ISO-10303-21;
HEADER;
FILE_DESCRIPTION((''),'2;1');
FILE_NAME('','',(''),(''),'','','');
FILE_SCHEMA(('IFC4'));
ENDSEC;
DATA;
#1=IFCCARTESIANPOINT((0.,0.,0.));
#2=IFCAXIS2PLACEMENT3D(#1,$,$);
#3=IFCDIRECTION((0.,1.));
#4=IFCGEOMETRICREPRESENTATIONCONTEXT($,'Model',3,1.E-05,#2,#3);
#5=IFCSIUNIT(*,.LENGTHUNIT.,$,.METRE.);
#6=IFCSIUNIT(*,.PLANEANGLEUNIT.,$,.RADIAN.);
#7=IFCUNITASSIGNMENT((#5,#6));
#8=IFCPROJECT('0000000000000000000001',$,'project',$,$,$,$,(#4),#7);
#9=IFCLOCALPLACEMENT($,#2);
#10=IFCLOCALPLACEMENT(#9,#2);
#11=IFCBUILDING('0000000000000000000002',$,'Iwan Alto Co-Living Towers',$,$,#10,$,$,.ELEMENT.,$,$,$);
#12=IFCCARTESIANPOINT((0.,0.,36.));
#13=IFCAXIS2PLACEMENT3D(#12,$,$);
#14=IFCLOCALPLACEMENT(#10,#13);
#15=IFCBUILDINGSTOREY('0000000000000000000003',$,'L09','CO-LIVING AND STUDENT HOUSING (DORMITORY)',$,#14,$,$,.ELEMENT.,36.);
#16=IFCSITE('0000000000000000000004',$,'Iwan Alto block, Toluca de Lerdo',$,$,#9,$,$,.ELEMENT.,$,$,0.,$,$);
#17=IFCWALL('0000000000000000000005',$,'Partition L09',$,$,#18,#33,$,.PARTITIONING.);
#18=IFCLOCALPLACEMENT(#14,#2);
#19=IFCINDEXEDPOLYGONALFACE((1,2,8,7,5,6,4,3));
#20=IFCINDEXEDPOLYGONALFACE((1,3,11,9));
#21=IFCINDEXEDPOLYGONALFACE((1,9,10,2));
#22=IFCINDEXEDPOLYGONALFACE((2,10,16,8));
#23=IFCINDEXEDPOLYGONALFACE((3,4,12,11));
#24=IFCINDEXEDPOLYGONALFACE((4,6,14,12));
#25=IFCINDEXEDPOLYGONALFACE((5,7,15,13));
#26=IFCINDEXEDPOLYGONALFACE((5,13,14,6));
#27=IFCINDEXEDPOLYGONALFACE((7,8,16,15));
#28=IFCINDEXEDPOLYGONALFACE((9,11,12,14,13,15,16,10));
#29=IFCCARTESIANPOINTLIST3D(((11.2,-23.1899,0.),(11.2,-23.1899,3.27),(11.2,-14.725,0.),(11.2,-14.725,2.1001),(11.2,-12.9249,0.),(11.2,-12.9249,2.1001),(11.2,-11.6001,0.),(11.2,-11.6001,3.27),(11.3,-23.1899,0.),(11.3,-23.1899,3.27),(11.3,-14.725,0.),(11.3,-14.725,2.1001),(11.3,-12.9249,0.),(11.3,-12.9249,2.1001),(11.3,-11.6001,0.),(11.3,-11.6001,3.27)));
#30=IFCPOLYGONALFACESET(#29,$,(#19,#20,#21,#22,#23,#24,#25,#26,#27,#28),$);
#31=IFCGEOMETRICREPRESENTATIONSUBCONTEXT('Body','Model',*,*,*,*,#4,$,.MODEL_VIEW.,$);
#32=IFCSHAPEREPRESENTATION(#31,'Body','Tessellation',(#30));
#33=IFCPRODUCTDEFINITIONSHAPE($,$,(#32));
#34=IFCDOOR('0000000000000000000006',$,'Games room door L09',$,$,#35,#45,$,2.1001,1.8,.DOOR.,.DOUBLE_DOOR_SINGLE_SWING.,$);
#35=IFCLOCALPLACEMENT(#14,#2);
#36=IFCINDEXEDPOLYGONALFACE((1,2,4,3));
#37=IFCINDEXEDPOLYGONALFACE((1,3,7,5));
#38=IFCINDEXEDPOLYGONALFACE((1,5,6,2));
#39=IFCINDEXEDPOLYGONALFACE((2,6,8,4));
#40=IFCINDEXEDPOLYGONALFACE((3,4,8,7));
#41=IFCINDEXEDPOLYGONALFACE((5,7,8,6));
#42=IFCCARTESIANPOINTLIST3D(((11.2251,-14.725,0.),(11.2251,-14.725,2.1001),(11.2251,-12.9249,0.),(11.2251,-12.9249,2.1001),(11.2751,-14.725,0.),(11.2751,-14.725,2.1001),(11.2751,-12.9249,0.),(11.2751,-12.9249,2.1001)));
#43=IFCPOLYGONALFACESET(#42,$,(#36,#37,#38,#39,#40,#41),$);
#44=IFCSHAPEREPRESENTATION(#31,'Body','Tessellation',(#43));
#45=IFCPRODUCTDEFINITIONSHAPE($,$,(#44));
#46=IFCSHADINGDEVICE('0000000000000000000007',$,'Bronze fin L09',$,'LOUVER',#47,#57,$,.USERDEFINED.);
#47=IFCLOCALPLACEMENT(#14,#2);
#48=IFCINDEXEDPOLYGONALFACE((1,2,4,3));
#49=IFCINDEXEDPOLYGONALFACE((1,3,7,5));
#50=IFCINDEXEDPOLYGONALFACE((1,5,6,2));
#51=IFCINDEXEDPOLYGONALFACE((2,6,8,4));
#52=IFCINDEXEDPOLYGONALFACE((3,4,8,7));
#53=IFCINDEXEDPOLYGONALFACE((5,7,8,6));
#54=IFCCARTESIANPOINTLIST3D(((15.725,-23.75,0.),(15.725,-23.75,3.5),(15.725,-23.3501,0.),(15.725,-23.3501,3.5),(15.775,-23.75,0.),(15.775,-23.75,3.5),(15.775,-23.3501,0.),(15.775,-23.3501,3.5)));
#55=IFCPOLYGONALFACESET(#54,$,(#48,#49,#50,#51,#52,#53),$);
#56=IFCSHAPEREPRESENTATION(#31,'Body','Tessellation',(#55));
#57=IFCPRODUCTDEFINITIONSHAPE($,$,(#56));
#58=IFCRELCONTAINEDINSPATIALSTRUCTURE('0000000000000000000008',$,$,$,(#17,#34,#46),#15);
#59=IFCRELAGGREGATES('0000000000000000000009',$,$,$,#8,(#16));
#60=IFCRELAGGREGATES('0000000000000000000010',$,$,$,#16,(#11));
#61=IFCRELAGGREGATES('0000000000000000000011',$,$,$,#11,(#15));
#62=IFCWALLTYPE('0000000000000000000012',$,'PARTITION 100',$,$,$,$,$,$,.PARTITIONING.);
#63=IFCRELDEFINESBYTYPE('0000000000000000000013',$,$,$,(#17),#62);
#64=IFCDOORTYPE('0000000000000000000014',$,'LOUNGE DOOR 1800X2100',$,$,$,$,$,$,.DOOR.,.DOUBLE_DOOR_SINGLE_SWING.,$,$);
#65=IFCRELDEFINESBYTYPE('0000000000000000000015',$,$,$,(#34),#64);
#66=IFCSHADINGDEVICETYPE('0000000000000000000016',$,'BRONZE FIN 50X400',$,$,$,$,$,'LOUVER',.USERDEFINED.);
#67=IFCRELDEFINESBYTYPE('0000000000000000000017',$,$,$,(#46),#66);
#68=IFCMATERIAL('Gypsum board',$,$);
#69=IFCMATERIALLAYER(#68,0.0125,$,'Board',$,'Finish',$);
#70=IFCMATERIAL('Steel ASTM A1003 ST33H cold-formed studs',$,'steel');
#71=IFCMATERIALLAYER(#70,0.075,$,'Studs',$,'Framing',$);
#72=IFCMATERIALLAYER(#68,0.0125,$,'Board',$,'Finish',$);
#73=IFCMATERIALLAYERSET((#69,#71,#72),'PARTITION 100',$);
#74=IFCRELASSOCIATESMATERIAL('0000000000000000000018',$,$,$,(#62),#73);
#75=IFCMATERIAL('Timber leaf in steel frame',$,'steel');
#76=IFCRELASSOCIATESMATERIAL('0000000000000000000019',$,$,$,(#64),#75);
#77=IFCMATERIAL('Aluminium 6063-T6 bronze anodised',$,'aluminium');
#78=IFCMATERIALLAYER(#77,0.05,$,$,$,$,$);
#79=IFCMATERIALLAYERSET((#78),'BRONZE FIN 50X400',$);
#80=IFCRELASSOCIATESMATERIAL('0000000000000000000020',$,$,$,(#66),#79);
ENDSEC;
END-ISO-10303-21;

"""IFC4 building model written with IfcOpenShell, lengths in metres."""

from ifc_helpers import new_model, si_unit, direction, frame, frame_2d, origin, origin_2d, place, context, subcontext, project, spatial, rectangle, extrude, material, layer, layer_set, type_object, element, fill, save


model = new_model("IFC4")

# Units and contexts
model_context = context("Model", 3, precision=1e-05, world=origin(), true_north=direction((0.0, 1.0)))
body_context = subcontext(model_context, "Body", "Model", "MODEL_VIEW")
ifc_project = project(units=[si_unit("LENGTHUNIT", "METRE"), si_unit("PLANEANGLEUNIT", "RADIAN")], contexts=[model_context])

# Site, building, storey
site_placement = place(None, origin())
site = spatial("IfcSite", under=ifc_project, at=site_placement, Name="Iwan Alto block, Toluca de Lerdo", CompositionType="ELEMENT", RefElevation=0.0)
building_placement = place(site_placement, origin())
building = spatial("IfcBuilding", under=site, at=building_placement, Name="Iwan Alto Co-Living Towers", CompositionType="ELEMENT")
storey_placement = place(building_placement, frame((0.0, 0.0, 36.0)))
storey = spatial("IfcBuildingStorey", under=building, at=storey_placement, Name="L09", Description="CO-LIVING AND STUDENT HOUSING (DORMITORY)", CompositionType="ELEMENT", Elevation=36.0)

# Wall, opening, door
ifc_material_1 = material(Name="Gypsum board")
ifc_layer_1 = layer(ifc_material_1, 0.0125, Name="Board", Category="Finish")
ifc_material_2 = material(Name="Steel ASTM A1003 ST33H cold-formed studs", Category="steel")
ifc_layer_2 = layer(ifc_material_2, 0.075, Name="Studs", Category="Framing")
ifc_layer_3 = layer(ifc_material_1, 0.0125, Name="Board", Category="Finish")
ifc_layer_set_1 = layer_set([ifc_layer_1, ifc_layer_2, ifc_layer_3], Name="PARTITION 100")
wall_type = type_object("IfcWallType", Name="PARTITION 100", PredefinedType="PARTITIONING", material=ifc_layer_set_1)
wall_1_placement = place(storey_placement, frame((11.25, -23.1899, 0.0), z_axis=(0.0, 0.0, 1.0), x_axis=(0.0, 1.0, 0.0)))
wall_1 = element("IfcWall", 1, at=wall_1_placement, inside=storey, type_object=wall_type, Name="Partition L09", PredefinedType="PARTITIONING", context=body_context, shape_type="SweptSolid", body=[
    extrude(rectangle(XDim=11.5898, YDim=0.1001, at=frame_2d((5.7949, 0.0))), origin(), (0.0, 0.0, 1.0), 3.27),
])
opening_1_placement = place(wall_1_placement, frame((8.4651, 0.0, 0.0)))
opening_1 = element("IfcOpeningElement", 2, at=opening_1_placement, cuts=wall_1, PredefinedType="OPENING", context=body_context, shape_type="SweptSolid", body=[
    extrude(rectangle(XDim=1.8, YDim=2.1001, at=frame_2d((0.8999, 1.05))), frame((0.0, 0.0601, 0.0), z_axis=(0.0, -1.0, 0.0), x_axis=(1.0, 0.0, 0.0)), (0.0, 0.0, 1.0), 0.1201),
])
ifc_material_3 = material(Name="Timber leaf in steel frame", Category="steel")
door_type_1 = type_object("IfcDoorType", Name="LOUNGE DOOR 1800X2100", OperationType="DOUBLE_DOOR_SINGLE_SWING", PredefinedType="DOOR", material=ifc_material_3)
door_1_placement = place(opening_1_placement, origin())
door_1 = element("IfcDoor", 3, at=door_1_placement, inside=storey, type_object=door_type_1, Name="Games room door L09", OperationType="DOUBLE_DOOR_SINGLE_SWING", OverallHeight=2.1001, OverallWidth=1.8, PredefinedType="DOOR", context=body_context, shape_type="SweptSolid", body=[
    extrude(rectangle(XDim=1.8, YDim=2.1001, at=frame_2d((0.8999, 1.05))), frame((0.0, 0.0249, 0.0), z_axis=(0.0, -1.0, 0.0), x_axis=(1.0, 0.0, 0.0)), (0.0, 0.0, 1.0), 0.05),
])
fill(opening_1, door_1)

# Shading device
ifc_material_4 = material(Name="Aluminium 6063-T6 bronze anodised", Category="aluminium")
ifc_layer_4 = layer(ifc_material_4, 0.05)
ifc_layer_set_2 = layer_set([ifc_layer_4], Name="BRONZE FIN 50X400")
shading_device_type = type_object("IfcShadingDeviceType", Name="BRONZE FIN 50X400", ElementType="LOUVER", PredefinedType="USERDEFINED", material=ifc_layer_set_2)
shading_device_placement = place(storey_placement, frame((15.75, -23.55, 0.0), z_axis=(0.0, 0.0, 1.0), x_axis=(1.0, 0.0, 0.0)))
element("IfcShadingDevice", 4, at=shading_device_placement, inside=storey, type_object=shading_device_type, Name="Bronze fin L09", ObjectType="LOUVER", PredefinedType="USERDEFINED", context=body_context, shape_type="SweptSolid", body=[
    extrude(rectangle(XDim=0.05, YDim=0.3999, at=origin_2d()), origin(), (0.0, 0.0, 1.0), 3.5),
])

save(model, "model.ifc")
